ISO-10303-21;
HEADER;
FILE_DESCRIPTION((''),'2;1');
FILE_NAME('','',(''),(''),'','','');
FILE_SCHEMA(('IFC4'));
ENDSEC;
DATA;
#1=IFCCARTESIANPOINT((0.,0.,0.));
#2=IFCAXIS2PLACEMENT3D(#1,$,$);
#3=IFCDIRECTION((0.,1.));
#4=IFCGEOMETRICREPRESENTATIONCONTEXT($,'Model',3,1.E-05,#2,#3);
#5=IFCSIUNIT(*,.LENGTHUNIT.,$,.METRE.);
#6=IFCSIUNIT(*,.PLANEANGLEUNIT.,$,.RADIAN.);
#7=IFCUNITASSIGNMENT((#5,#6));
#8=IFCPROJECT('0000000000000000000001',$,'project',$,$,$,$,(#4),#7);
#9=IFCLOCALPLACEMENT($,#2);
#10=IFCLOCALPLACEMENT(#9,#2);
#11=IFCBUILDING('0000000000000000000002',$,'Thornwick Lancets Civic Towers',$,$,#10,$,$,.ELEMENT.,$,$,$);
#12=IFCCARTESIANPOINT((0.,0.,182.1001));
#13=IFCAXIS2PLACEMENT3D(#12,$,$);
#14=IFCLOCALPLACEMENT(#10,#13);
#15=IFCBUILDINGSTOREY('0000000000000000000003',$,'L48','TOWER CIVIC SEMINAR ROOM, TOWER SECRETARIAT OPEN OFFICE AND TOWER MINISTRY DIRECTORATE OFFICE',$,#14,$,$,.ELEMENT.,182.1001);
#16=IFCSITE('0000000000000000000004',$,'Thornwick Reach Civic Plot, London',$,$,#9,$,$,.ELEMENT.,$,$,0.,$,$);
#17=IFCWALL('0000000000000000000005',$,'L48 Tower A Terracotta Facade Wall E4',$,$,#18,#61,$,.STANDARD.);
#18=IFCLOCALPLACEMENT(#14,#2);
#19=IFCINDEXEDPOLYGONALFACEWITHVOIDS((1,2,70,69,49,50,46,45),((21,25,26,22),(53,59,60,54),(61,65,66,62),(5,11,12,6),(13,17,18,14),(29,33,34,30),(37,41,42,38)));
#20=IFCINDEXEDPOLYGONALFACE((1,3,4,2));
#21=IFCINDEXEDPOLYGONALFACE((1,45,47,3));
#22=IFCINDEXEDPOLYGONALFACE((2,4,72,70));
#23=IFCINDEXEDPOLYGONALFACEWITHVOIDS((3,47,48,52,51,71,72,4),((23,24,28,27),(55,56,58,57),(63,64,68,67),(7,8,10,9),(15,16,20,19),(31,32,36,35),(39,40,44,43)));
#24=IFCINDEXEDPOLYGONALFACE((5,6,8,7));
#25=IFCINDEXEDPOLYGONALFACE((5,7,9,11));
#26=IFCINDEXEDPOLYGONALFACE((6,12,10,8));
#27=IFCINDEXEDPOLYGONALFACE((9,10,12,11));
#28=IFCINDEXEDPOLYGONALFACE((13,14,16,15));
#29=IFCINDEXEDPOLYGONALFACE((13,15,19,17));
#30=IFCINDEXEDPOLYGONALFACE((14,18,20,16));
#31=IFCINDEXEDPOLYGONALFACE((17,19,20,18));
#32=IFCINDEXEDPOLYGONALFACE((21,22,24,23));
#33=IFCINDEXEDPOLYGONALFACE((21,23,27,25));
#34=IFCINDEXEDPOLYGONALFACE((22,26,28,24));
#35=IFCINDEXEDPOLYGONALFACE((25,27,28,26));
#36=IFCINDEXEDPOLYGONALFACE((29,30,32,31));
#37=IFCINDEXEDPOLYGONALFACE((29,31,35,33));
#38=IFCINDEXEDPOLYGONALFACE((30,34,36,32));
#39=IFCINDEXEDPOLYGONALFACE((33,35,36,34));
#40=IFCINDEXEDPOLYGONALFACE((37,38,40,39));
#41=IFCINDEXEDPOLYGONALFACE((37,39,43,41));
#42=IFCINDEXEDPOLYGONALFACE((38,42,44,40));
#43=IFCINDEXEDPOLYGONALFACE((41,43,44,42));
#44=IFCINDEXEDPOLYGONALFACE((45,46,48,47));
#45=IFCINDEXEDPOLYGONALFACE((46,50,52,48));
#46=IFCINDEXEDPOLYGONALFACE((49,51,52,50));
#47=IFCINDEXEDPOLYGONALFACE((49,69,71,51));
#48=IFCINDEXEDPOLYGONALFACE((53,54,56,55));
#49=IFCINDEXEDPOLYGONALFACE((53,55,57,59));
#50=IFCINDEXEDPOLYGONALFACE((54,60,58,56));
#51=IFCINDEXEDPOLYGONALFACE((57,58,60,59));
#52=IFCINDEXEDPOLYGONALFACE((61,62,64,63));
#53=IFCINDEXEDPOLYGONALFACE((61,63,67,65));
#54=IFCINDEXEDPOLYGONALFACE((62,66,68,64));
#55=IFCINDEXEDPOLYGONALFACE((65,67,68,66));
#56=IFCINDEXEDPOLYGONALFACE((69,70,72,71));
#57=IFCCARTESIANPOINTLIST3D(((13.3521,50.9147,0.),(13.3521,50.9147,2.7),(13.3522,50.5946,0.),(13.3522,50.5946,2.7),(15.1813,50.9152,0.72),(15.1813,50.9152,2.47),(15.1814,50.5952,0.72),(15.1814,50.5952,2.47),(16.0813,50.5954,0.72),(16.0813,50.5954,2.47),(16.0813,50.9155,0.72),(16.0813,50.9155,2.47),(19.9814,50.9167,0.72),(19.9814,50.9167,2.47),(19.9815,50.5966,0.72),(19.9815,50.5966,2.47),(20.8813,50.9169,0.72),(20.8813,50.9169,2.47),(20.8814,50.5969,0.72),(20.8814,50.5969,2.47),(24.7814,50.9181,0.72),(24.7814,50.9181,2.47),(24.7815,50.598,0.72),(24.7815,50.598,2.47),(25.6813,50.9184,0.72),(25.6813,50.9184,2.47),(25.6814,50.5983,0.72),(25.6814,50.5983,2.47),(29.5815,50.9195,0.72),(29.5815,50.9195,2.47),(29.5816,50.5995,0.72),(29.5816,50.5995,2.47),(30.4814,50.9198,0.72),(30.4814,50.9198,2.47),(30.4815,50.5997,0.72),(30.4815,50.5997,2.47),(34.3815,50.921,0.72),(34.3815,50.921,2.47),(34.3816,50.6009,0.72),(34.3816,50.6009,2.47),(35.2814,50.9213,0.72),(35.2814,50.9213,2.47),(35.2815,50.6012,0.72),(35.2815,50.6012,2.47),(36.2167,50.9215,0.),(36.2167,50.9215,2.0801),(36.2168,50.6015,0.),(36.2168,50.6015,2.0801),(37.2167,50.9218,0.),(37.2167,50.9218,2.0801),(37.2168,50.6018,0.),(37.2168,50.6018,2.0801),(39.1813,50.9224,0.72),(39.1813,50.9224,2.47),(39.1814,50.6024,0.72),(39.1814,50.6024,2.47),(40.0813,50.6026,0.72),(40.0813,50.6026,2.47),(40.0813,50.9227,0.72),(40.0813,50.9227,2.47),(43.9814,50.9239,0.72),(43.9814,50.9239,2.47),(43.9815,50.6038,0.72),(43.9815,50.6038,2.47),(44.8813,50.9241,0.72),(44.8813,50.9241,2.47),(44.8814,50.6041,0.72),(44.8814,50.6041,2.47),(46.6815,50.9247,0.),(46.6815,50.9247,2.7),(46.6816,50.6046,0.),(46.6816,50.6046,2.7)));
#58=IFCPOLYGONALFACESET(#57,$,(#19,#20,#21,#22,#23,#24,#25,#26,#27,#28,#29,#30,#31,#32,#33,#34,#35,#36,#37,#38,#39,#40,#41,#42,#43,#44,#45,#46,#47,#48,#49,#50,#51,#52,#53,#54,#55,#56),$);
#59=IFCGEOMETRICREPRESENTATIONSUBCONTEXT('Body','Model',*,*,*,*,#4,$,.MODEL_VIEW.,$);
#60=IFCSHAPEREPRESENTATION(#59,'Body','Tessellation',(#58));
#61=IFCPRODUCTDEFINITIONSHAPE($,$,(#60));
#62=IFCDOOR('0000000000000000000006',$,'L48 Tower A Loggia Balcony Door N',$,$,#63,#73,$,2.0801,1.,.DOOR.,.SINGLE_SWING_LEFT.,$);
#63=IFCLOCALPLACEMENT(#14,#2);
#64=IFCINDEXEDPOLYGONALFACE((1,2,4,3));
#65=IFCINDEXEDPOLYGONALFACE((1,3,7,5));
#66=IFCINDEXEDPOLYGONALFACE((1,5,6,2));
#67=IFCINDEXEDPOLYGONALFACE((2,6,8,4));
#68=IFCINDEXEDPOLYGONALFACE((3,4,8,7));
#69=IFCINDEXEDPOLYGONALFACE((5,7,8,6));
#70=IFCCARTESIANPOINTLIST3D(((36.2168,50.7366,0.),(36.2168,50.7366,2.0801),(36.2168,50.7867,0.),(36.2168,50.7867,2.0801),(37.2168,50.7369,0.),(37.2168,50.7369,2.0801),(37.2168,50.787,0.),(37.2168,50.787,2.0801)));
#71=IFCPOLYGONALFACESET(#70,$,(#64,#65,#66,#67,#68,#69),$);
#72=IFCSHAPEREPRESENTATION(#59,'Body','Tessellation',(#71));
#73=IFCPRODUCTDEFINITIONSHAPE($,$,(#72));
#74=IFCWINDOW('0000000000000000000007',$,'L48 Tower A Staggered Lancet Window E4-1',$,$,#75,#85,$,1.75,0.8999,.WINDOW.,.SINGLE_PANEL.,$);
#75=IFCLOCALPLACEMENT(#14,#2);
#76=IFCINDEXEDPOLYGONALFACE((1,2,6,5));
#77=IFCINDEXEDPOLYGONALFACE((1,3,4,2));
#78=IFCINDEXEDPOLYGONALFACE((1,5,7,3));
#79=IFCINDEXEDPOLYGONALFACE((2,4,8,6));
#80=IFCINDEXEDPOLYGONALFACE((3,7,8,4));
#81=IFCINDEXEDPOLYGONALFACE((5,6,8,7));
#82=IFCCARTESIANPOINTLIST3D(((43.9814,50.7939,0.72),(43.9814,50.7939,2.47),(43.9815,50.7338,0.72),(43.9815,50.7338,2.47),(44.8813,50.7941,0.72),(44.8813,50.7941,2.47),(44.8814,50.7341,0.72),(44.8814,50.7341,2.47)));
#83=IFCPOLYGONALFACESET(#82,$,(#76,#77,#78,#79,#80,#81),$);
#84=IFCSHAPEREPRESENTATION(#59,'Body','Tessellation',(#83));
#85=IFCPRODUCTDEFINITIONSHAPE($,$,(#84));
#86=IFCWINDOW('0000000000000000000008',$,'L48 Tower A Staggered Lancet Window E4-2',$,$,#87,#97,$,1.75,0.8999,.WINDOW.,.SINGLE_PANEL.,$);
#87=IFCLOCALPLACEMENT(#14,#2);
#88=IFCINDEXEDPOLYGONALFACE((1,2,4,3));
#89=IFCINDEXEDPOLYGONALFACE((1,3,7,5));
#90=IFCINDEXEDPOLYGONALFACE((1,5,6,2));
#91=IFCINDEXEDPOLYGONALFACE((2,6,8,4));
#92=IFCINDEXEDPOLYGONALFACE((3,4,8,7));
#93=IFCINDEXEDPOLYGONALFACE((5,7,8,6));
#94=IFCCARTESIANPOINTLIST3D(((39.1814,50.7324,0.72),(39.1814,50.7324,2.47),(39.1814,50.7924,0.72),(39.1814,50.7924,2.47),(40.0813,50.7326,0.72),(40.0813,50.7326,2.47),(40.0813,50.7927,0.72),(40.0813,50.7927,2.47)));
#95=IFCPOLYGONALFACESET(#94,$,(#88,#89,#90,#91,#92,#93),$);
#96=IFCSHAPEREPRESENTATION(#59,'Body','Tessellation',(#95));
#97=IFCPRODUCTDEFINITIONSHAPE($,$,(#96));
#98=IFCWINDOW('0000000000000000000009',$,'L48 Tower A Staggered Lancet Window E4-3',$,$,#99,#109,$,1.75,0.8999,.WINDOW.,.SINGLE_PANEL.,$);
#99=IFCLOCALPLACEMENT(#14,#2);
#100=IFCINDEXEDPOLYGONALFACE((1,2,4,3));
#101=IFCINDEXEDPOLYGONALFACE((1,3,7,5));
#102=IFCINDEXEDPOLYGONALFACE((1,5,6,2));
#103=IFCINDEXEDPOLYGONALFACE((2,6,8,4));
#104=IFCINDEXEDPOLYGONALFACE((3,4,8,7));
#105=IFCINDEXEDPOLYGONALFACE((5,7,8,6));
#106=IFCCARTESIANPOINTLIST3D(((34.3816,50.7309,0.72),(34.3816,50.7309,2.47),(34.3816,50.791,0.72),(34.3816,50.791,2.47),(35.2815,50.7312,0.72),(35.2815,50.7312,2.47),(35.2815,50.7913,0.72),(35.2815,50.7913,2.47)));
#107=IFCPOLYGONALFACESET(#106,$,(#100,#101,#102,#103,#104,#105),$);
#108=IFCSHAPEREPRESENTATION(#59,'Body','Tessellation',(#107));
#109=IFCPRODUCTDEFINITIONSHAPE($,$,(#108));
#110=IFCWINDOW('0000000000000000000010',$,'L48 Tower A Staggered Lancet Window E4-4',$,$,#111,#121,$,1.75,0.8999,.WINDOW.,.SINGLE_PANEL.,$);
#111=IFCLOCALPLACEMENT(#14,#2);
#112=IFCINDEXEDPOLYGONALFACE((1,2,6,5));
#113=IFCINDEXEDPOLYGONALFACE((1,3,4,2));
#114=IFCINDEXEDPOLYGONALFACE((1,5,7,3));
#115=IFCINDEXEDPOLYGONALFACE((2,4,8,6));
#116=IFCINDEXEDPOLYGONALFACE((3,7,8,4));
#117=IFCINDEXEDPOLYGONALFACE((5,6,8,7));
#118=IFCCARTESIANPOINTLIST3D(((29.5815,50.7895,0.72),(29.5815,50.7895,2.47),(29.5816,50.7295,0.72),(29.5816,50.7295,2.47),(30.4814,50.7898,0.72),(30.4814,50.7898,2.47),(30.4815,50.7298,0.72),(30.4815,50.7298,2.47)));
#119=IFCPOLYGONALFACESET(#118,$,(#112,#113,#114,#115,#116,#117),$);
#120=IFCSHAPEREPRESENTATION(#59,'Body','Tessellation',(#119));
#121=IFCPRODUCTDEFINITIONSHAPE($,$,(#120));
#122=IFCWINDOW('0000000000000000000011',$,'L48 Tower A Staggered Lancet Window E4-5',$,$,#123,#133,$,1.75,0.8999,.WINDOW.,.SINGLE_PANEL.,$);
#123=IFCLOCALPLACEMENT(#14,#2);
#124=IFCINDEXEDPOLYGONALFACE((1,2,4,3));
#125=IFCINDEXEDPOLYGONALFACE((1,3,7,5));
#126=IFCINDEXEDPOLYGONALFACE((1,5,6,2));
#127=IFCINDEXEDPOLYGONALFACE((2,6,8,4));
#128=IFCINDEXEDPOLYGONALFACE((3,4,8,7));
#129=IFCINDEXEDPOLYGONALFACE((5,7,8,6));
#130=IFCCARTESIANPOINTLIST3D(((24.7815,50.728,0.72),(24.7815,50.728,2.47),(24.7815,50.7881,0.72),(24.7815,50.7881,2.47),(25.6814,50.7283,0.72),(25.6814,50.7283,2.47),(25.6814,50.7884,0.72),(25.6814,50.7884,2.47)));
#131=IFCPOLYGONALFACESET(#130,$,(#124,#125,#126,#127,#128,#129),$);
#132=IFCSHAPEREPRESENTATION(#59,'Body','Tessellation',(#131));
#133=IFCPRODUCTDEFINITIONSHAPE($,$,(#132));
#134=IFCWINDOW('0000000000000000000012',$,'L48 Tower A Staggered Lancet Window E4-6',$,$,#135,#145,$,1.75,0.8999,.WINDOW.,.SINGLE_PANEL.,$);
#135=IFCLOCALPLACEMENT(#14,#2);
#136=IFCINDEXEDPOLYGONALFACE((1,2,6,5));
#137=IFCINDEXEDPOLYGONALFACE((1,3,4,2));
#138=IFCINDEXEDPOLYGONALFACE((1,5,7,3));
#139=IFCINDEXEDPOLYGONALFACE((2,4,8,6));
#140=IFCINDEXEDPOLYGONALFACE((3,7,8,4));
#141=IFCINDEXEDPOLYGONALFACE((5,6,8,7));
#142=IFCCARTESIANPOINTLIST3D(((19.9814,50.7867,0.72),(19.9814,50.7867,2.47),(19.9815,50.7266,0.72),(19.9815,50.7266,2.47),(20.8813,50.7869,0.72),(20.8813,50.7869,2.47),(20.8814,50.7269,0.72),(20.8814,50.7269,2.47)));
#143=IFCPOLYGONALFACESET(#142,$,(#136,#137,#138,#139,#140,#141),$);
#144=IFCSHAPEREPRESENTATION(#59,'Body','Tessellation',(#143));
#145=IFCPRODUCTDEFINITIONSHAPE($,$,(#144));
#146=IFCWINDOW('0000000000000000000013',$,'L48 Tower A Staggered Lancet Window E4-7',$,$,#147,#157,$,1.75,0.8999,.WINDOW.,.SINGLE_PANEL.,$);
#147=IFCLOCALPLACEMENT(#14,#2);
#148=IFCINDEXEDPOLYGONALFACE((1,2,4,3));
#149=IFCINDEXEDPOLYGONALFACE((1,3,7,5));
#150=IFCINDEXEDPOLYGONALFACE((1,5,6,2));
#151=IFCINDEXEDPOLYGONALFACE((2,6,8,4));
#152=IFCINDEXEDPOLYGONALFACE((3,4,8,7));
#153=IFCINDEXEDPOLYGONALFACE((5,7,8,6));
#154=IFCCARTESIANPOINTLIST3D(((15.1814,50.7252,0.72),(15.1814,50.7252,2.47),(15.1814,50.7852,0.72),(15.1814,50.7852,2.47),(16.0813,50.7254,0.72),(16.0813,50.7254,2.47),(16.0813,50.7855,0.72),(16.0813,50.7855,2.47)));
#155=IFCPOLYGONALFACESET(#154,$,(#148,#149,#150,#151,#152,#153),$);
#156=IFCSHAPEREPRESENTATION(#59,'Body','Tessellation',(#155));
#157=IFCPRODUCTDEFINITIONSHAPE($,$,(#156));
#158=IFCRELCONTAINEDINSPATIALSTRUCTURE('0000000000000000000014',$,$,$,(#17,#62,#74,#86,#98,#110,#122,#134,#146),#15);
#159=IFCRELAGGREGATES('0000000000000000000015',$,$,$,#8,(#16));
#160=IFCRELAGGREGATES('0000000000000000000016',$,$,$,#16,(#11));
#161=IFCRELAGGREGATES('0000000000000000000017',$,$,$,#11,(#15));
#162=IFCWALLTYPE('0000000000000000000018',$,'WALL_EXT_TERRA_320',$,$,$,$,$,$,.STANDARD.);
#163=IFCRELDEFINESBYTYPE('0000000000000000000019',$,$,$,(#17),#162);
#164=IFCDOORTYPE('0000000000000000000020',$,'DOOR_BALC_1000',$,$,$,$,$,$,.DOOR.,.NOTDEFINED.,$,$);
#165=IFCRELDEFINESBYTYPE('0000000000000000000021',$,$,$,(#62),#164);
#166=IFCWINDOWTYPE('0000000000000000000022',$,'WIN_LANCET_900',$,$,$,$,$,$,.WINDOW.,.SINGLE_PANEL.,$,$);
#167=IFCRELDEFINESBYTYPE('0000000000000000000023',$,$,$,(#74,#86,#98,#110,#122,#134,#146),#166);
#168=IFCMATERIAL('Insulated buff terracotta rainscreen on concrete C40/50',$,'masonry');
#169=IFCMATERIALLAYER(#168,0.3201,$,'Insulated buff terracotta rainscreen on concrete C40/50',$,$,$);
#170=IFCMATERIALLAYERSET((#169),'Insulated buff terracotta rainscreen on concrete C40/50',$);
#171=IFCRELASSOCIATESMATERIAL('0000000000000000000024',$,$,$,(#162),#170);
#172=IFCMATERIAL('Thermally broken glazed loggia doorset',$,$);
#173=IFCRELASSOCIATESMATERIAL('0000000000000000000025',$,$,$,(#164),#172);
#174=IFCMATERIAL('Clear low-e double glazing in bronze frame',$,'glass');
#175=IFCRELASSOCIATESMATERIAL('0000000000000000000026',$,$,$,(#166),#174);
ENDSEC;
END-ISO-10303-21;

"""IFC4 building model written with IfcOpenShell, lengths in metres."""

from ifc_helpers import new_model, si_unit, direction, frame, frame_2d, origin, place, context, subcontext, project, spatial, rectangle, extrude, material, layer, layer_set, type_object, element, fill, save


model = new_model("IFC4")

# Units and contexts
model_context = context("Model", 3, precision=1e-05, world=origin(), true_north=direction((0.0, 1.0)))
body_context = subcontext(model_context, "Body", "Model", "MODEL_VIEW")
ifc_project = project(units=[si_unit("LENGTHUNIT", "METRE"), si_unit("PLANEANGLEUNIT", "RADIAN")], contexts=[model_context])

# Site, building, storey
site_placement = place(None, origin())
site = spatial("IfcSite", under=ifc_project, at=site_placement, Name="Thornwick Reach Civic Plot, London", CompositionType="ELEMENT", RefElevation=0.0)
building_placement = place(site_placement, origin())
building = spatial("IfcBuilding", under=site, at=building_placement, Name="Thornwick Lancets Civic Towers", CompositionType="ELEMENT")
storey_placement = place(building_placement, frame((0.0, 0.0, 182.1001)))
storey = spatial("IfcBuildingStorey", under=building, at=storey_placement, Name="L48", Description="TOWER CIVIC SEMINAR ROOM, TOWER SECRETARIAT OPEN OFFICE AND TOWER MINISTRY DIRECTORATE OFFICE", CompositionType="ELEMENT", Elevation=182.1001)

# Wall, openings, door, windows
ifc_material_1 = material(Name="Insulated buff terracotta rainscreen on concrete C40/50", Category="masonry")
ifc_layer_1 = layer(ifc_material_1, 0.3201, Name="Insulated buff terracotta rainscreen on concrete C40/50")
ifc_layer_set_1 = layer_set([ifc_layer_1], Name="Insulated buff terracotta rainscreen on concrete C40/50")
wall_type_1 = type_object("IfcWallType", Name="WALL_EXT_TERRA_320", PredefinedType="STANDARD", material=ifc_layer_set_1)
wall_1_placement = place(storey_placement, frame((46.6814, 50.7646, 0.0), z_axis=(0.0, 0.0, 1.0), x_axis=(-1.0, -0.0003, 0.0)))
wall_1 = element("IfcWall", 1, at=wall_1_placement, inside=storey, type_object=wall_type_1, Name="L48 Tower A Terracotta Facade Wall E4", PredefinedType="STANDARD", context=body_context, shape_type="SweptSolid", body=[
    extrude(rectangle(XDim=33.3293, YDim=0.3201, at=frame_2d((16.6646, 0.0))), origin(), (0.0, 0.0, 1.0), 2.7),
])
opening_1_placement = place(wall_1_placement, frame((9.4646, 0.0, 0.0)))
opening_1 = element("IfcOpeningElement", 2, at=opening_1_placement, cuts=wall_1, PredefinedType="OPENING", context=body_context, shape_type="SweptSolid", body=[
    extrude(rectangle(XDim=1.0, YDim=2.0801, at=frame_2d((0.5, 1.04))), frame((0.0, 0.1699, 0.0), z_axis=(0.0, -1.0, 0.0), x_axis=(1.0, 0.0, 0.0)), (0.0, 0.0, 1.0), 0.3401),
])
opening_2_placement = place(wall_1_placement, frame((1.8, 0.0, 0.72)))
opening_2 = element("IfcOpeningElement", 3, at=opening_2_placement, cuts=wall_1, PredefinedType="OPENING", context=body_context, shape_type="SweptSolid", body=[
    extrude(rectangle(XDim=0.8999, YDim=1.75, at=frame_2d((0.45, 0.875))), frame((0.0, 0.1699, 0.0), z_axis=(0.0, -1.0, 0.0), x_axis=(1.0, 0.0, 0.0)), (0.0, 0.0, 1.0), 0.3401),
])
opening_3_placement = place(wall_1_placement, frame((6.6001, 0.0, 0.72)))
opening_3 = element("IfcOpeningElement", 4, at=opening_3_placement, cuts=wall_1, PredefinedType="OPENING", context=body_context, shape_type="SweptSolid", body=[
    extrude(rectangle(XDim=0.8999, YDim=1.75, at=frame_2d((0.45, 0.875))), frame((0.0, 0.1699, 0.0), z_axis=(0.0, -1.0, 0.0), x_axis=(1.0, 0.0, 0.0)), (0.0, 0.0, 1.0), 0.3401),
])
opening_4_placement = place(wall_1_placement, frame((11.3999, 0.0, 0.72)))
opening_4 = element("IfcOpeningElement", 5, at=opening_4_placement, cuts=wall_1, PredefinedType="OPENING", context=body_context, shape_type="SweptSolid", body=[
    extrude(rectangle(XDim=0.8999, YDim=1.75, at=frame_2d((0.45, 0.875))), frame((0.0, 0.1699, 0.0), z_axis=(0.0, -1.0, 0.0), x_axis=(1.0, 0.0, 0.0)), (0.0, 0.0, 1.0), 0.3401),
])
opening_5_placement = place(wall_1_placement, frame((16.2, 0.0, 0.72)))
opening_5 = element("IfcOpeningElement", 6, at=opening_5_placement, cuts=wall_1, PredefinedType="OPENING", context=body_context, shape_type="SweptSolid", body=[
    extrude(rectangle(XDim=0.8999, YDim=1.75, at=frame_2d((0.45, 0.875))), frame((0.0, 0.1699, 0.0), z_axis=(0.0, -1.0, 0.0), x_axis=(1.0, 0.0, 0.0)), (0.0, 0.0, 1.0), 0.3401),
])
opening_6_placement = place(wall_1_placement, frame((21.0, 0.0, 0.72)))
opening_6 = element("IfcOpeningElement", 7, at=opening_6_placement, cuts=wall_1, PredefinedType="OPENING", context=body_context, shape_type="SweptSolid", body=[
    extrude(rectangle(XDim=0.8999, YDim=1.75, at=frame_2d((0.45, 0.875))), frame((0.0, 0.1699, 0.0), z_axis=(0.0, -1.0, 0.0), x_axis=(1.0, 0.0, 0.0)), (0.0, 0.0, 1.0), 0.3401),
])
opening_7_placement = place(wall_1_placement, frame((25.8, 0.0, 0.72)))
opening_7 = element("IfcOpeningElement", 8, at=opening_7_placement, cuts=wall_1, PredefinedType="OPENING", context=body_context, shape_type="SweptSolid", body=[
    extrude(rectangle(XDim=0.8999, YDim=1.75, at=frame_2d((0.45, 0.875))), frame((0.0, 0.1699, 0.0), z_axis=(0.0, -1.0, 0.0), x_axis=(1.0, 0.0, 0.0)), (0.0, 0.0, 1.0), 0.3401),
])
opening_8_placement = place(wall_1_placement, frame((30.6001, 0.0, 0.72)))
opening_8 = element("IfcOpeningElement", 9, at=opening_8_placement, cuts=wall_1, PredefinedType="OPENING", context=body_context, shape_type="SweptSolid", body=[
    extrude(rectangle(XDim=0.8999, YDim=1.75, at=frame_2d((0.45, 0.875))), frame((0.0, 0.1699, 0.0), z_axis=(0.0, -1.0, 0.0), x_axis=(1.0, 0.0, 0.0)), (0.0, 0.0, 1.0), 0.3401),
])
ifc_material_2 = material(Name="Thermally broken glazed loggia doorset")
door_type = type_object("IfcDoorType", Name="DOOR_BALC_1000", OperationType="NOTDEFINED", PredefinedType="DOOR", material=ifc_material_2)
door_placement = place(opening_1_placement, origin())
door = element("IfcDoor", 10, at=door_placement, inside=storey, type_object=door_type, Name="L48 Tower A Loggia Balcony Door N", OperationType="SINGLE_SWING_LEFT", OverallHeight=2.0801, OverallWidth=1.0, PredefinedType="DOOR", context=body_context, shape_type="SweptSolid", body=[
    extrude(rectangle(XDim=1.0, YDim=2.0801, at=frame_2d((0.5, 1.04))), frame((0.0, 0.0249, 0.0), z_axis=(0.0, -1.0, 0.0), x_axis=(1.0, 0.0, 0.0)), (0.0, 0.0, 1.0), 0.05),
])
fill(opening_1, door)
ifc_material_3 = material(Name="Clear low-e double glazing in bronze frame", Category="glass")
window_type = type_object("IfcWindowType", Name="WIN_LANCET_900", PartitioningType="SINGLE_PANEL", PredefinedType="WINDOW", material=ifc_material_3)
window_1_placement = place(opening_2_placement, origin())
window_1 = element("IfcWindow", 11, at=window_1_placement, inside=storey, type_object=window_type, Name="L48 Tower A Staggered Lancet Window E4-1", OverallHeight=1.75, OverallWidth=0.8999, PartitioningType="SINGLE_PANEL", PredefinedType="WINDOW", context=body_context, shape_type="SweptSolid", body=[
    extrude(rectangle(XDim=0.8999, YDim=1.75, at=frame_2d((0.45, 0.875))), frame((0.0, 0.03, 0.0), z_axis=(0.0, -1.0, 0.0), x_axis=(1.0, 0.0, 0.0)), (0.0, 0.0, 1.0), 0.0601),
])
fill(opening_2, window_1)
window_2_placement = place(opening_3_placement, origin())
window_2 = element("IfcWindow", 12, at=window_2_placement, inside=storey, type_object=window_type, Name="L48 Tower A Staggered Lancet Window E4-2", OverallHeight=1.75, OverallWidth=0.8999, PartitioningType="SINGLE_PANEL", PredefinedType="WINDOW", context=body_context, shape_type="SweptSolid", body=[
    extrude(rectangle(XDim=0.8999, YDim=1.75, at=frame_2d((0.45, 0.875))), frame((0.0, 0.03, 0.0), z_axis=(0.0, -1.0, 0.0), x_axis=(1.0, 0.0, 0.0)), (0.0, 0.0, 1.0), 0.0601),
])
fill(opening_3, window_2)
window_3_placement = place(opening_4_placement, origin())
window_3 = element("IfcWindow", 13, at=window_3_placement, inside=storey, type_object=window_type, Name="L48 Tower A Staggered Lancet Window E4-3", OverallHeight=1.75, OverallWidth=0.8999, PartitioningType="SINGLE_PANEL", PredefinedType="WINDOW", context=body_context, shape_type="SweptSolid", body=[
    extrude(rectangle(XDim=0.8999, YDim=1.75, at=frame_2d((0.45, 0.875))), frame((0.0, 0.03, 0.0), z_axis=(0.0, -1.0, 0.0), x_axis=(1.0, 0.0, 0.0)), (0.0, 0.0, 1.0), 0.0601),
])
fill(opening_4, window_3)
window_4_placement = place(opening_5_placement, origin())
window_4 = element("IfcWindow", 14, at=window_4_placement, inside=storey, type_object=window_type, Name="L48 Tower A Staggered Lancet Window E4-4", OverallHeight=1.75, OverallWidth=0.8999, PartitioningType="SINGLE_PANEL", PredefinedType="WINDOW", context=body_context, shape_type="SweptSolid", body=[
    extrude(rectangle(XDim=0.8999, YDim=1.75, at=frame_2d((0.45, 0.875))), frame((0.0, 0.03, 0.0), z_axis=(0.0, -1.0, 0.0), x_axis=(1.0, 0.0, 0.0)), (0.0, 0.0, 1.0), 0.0601),
])
fill(opening_5, window_4)
window_5_placement = place(opening_6_placement, origin())
window_5 = element("IfcWindow", 15, at=window_5_placement, inside=storey, type_object=window_type, Name="L48 Tower A Staggered Lancet Window E4-5", OverallHeight=1.75, OverallWidth=0.8999, PartitioningType="SINGLE_PANEL", PredefinedType="WINDOW", context=body_context, shape_type="SweptSolid", body=[
    extrude(rectangle(XDim=0.8999, YDim=1.75, at=frame_2d((0.45, 0.875))), frame((0.0, 0.03, 0.0), z_axis=(0.0, -1.0, 0.0), x_axis=(1.0, 0.0, 0.0)), (0.0, 0.0, 1.0), 0.0601),
])
fill(opening_6, window_5)
window_6_placement = place(opening_7_placement, origin())
window_6 = element("IfcWindow", 16, at=window_6_placement, inside=storey, type_object=window_type, Name="L48 Tower A Staggered Lancet Window E4-6", OverallHeight=1.75, OverallWidth=0.8999, PartitioningType="SINGLE_PANEL", PredefinedType="WINDOW", context=body_context, shape_type="SweptSolid", body=[
    extrude(rectangle(XDim=0.8999, YDim=1.75, at=frame_2d((0.45, 0.875))), frame((0.0, 0.03, 0.0), z_axis=(0.0, -1.0, 0.0), x_axis=(1.0, 0.0, 0.0)), (0.0, 0.0, 1.0), 0.0601),
])
fill(opening_7, window_6)
window_7_placement = place(opening_8_placement, origin())
window_7 = element("IfcWindow", 17, at=window_7_placement, inside=storey, type_object=window_type, Name="L48 Tower A Staggered Lancet Window E4-7", OverallHeight=1.75, OverallWidth=0.8999, PartitioningType="SINGLE_PANEL", PredefinedType="WINDOW", context=body_context, shape_type="SweptSolid", body=[
    extrude(rectangle(XDim=0.8999, YDim=1.75, at=frame_2d((0.45, 0.875))), frame((0.0, 0.03, 0.0), z_axis=(0.0, -1.0, 0.0), x_axis=(1.0, 0.0, 0.0)), (0.0, 0.0, 1.0), 0.0601),
])
fill(opening_8, window_7)

save(model, "model.ifc")
